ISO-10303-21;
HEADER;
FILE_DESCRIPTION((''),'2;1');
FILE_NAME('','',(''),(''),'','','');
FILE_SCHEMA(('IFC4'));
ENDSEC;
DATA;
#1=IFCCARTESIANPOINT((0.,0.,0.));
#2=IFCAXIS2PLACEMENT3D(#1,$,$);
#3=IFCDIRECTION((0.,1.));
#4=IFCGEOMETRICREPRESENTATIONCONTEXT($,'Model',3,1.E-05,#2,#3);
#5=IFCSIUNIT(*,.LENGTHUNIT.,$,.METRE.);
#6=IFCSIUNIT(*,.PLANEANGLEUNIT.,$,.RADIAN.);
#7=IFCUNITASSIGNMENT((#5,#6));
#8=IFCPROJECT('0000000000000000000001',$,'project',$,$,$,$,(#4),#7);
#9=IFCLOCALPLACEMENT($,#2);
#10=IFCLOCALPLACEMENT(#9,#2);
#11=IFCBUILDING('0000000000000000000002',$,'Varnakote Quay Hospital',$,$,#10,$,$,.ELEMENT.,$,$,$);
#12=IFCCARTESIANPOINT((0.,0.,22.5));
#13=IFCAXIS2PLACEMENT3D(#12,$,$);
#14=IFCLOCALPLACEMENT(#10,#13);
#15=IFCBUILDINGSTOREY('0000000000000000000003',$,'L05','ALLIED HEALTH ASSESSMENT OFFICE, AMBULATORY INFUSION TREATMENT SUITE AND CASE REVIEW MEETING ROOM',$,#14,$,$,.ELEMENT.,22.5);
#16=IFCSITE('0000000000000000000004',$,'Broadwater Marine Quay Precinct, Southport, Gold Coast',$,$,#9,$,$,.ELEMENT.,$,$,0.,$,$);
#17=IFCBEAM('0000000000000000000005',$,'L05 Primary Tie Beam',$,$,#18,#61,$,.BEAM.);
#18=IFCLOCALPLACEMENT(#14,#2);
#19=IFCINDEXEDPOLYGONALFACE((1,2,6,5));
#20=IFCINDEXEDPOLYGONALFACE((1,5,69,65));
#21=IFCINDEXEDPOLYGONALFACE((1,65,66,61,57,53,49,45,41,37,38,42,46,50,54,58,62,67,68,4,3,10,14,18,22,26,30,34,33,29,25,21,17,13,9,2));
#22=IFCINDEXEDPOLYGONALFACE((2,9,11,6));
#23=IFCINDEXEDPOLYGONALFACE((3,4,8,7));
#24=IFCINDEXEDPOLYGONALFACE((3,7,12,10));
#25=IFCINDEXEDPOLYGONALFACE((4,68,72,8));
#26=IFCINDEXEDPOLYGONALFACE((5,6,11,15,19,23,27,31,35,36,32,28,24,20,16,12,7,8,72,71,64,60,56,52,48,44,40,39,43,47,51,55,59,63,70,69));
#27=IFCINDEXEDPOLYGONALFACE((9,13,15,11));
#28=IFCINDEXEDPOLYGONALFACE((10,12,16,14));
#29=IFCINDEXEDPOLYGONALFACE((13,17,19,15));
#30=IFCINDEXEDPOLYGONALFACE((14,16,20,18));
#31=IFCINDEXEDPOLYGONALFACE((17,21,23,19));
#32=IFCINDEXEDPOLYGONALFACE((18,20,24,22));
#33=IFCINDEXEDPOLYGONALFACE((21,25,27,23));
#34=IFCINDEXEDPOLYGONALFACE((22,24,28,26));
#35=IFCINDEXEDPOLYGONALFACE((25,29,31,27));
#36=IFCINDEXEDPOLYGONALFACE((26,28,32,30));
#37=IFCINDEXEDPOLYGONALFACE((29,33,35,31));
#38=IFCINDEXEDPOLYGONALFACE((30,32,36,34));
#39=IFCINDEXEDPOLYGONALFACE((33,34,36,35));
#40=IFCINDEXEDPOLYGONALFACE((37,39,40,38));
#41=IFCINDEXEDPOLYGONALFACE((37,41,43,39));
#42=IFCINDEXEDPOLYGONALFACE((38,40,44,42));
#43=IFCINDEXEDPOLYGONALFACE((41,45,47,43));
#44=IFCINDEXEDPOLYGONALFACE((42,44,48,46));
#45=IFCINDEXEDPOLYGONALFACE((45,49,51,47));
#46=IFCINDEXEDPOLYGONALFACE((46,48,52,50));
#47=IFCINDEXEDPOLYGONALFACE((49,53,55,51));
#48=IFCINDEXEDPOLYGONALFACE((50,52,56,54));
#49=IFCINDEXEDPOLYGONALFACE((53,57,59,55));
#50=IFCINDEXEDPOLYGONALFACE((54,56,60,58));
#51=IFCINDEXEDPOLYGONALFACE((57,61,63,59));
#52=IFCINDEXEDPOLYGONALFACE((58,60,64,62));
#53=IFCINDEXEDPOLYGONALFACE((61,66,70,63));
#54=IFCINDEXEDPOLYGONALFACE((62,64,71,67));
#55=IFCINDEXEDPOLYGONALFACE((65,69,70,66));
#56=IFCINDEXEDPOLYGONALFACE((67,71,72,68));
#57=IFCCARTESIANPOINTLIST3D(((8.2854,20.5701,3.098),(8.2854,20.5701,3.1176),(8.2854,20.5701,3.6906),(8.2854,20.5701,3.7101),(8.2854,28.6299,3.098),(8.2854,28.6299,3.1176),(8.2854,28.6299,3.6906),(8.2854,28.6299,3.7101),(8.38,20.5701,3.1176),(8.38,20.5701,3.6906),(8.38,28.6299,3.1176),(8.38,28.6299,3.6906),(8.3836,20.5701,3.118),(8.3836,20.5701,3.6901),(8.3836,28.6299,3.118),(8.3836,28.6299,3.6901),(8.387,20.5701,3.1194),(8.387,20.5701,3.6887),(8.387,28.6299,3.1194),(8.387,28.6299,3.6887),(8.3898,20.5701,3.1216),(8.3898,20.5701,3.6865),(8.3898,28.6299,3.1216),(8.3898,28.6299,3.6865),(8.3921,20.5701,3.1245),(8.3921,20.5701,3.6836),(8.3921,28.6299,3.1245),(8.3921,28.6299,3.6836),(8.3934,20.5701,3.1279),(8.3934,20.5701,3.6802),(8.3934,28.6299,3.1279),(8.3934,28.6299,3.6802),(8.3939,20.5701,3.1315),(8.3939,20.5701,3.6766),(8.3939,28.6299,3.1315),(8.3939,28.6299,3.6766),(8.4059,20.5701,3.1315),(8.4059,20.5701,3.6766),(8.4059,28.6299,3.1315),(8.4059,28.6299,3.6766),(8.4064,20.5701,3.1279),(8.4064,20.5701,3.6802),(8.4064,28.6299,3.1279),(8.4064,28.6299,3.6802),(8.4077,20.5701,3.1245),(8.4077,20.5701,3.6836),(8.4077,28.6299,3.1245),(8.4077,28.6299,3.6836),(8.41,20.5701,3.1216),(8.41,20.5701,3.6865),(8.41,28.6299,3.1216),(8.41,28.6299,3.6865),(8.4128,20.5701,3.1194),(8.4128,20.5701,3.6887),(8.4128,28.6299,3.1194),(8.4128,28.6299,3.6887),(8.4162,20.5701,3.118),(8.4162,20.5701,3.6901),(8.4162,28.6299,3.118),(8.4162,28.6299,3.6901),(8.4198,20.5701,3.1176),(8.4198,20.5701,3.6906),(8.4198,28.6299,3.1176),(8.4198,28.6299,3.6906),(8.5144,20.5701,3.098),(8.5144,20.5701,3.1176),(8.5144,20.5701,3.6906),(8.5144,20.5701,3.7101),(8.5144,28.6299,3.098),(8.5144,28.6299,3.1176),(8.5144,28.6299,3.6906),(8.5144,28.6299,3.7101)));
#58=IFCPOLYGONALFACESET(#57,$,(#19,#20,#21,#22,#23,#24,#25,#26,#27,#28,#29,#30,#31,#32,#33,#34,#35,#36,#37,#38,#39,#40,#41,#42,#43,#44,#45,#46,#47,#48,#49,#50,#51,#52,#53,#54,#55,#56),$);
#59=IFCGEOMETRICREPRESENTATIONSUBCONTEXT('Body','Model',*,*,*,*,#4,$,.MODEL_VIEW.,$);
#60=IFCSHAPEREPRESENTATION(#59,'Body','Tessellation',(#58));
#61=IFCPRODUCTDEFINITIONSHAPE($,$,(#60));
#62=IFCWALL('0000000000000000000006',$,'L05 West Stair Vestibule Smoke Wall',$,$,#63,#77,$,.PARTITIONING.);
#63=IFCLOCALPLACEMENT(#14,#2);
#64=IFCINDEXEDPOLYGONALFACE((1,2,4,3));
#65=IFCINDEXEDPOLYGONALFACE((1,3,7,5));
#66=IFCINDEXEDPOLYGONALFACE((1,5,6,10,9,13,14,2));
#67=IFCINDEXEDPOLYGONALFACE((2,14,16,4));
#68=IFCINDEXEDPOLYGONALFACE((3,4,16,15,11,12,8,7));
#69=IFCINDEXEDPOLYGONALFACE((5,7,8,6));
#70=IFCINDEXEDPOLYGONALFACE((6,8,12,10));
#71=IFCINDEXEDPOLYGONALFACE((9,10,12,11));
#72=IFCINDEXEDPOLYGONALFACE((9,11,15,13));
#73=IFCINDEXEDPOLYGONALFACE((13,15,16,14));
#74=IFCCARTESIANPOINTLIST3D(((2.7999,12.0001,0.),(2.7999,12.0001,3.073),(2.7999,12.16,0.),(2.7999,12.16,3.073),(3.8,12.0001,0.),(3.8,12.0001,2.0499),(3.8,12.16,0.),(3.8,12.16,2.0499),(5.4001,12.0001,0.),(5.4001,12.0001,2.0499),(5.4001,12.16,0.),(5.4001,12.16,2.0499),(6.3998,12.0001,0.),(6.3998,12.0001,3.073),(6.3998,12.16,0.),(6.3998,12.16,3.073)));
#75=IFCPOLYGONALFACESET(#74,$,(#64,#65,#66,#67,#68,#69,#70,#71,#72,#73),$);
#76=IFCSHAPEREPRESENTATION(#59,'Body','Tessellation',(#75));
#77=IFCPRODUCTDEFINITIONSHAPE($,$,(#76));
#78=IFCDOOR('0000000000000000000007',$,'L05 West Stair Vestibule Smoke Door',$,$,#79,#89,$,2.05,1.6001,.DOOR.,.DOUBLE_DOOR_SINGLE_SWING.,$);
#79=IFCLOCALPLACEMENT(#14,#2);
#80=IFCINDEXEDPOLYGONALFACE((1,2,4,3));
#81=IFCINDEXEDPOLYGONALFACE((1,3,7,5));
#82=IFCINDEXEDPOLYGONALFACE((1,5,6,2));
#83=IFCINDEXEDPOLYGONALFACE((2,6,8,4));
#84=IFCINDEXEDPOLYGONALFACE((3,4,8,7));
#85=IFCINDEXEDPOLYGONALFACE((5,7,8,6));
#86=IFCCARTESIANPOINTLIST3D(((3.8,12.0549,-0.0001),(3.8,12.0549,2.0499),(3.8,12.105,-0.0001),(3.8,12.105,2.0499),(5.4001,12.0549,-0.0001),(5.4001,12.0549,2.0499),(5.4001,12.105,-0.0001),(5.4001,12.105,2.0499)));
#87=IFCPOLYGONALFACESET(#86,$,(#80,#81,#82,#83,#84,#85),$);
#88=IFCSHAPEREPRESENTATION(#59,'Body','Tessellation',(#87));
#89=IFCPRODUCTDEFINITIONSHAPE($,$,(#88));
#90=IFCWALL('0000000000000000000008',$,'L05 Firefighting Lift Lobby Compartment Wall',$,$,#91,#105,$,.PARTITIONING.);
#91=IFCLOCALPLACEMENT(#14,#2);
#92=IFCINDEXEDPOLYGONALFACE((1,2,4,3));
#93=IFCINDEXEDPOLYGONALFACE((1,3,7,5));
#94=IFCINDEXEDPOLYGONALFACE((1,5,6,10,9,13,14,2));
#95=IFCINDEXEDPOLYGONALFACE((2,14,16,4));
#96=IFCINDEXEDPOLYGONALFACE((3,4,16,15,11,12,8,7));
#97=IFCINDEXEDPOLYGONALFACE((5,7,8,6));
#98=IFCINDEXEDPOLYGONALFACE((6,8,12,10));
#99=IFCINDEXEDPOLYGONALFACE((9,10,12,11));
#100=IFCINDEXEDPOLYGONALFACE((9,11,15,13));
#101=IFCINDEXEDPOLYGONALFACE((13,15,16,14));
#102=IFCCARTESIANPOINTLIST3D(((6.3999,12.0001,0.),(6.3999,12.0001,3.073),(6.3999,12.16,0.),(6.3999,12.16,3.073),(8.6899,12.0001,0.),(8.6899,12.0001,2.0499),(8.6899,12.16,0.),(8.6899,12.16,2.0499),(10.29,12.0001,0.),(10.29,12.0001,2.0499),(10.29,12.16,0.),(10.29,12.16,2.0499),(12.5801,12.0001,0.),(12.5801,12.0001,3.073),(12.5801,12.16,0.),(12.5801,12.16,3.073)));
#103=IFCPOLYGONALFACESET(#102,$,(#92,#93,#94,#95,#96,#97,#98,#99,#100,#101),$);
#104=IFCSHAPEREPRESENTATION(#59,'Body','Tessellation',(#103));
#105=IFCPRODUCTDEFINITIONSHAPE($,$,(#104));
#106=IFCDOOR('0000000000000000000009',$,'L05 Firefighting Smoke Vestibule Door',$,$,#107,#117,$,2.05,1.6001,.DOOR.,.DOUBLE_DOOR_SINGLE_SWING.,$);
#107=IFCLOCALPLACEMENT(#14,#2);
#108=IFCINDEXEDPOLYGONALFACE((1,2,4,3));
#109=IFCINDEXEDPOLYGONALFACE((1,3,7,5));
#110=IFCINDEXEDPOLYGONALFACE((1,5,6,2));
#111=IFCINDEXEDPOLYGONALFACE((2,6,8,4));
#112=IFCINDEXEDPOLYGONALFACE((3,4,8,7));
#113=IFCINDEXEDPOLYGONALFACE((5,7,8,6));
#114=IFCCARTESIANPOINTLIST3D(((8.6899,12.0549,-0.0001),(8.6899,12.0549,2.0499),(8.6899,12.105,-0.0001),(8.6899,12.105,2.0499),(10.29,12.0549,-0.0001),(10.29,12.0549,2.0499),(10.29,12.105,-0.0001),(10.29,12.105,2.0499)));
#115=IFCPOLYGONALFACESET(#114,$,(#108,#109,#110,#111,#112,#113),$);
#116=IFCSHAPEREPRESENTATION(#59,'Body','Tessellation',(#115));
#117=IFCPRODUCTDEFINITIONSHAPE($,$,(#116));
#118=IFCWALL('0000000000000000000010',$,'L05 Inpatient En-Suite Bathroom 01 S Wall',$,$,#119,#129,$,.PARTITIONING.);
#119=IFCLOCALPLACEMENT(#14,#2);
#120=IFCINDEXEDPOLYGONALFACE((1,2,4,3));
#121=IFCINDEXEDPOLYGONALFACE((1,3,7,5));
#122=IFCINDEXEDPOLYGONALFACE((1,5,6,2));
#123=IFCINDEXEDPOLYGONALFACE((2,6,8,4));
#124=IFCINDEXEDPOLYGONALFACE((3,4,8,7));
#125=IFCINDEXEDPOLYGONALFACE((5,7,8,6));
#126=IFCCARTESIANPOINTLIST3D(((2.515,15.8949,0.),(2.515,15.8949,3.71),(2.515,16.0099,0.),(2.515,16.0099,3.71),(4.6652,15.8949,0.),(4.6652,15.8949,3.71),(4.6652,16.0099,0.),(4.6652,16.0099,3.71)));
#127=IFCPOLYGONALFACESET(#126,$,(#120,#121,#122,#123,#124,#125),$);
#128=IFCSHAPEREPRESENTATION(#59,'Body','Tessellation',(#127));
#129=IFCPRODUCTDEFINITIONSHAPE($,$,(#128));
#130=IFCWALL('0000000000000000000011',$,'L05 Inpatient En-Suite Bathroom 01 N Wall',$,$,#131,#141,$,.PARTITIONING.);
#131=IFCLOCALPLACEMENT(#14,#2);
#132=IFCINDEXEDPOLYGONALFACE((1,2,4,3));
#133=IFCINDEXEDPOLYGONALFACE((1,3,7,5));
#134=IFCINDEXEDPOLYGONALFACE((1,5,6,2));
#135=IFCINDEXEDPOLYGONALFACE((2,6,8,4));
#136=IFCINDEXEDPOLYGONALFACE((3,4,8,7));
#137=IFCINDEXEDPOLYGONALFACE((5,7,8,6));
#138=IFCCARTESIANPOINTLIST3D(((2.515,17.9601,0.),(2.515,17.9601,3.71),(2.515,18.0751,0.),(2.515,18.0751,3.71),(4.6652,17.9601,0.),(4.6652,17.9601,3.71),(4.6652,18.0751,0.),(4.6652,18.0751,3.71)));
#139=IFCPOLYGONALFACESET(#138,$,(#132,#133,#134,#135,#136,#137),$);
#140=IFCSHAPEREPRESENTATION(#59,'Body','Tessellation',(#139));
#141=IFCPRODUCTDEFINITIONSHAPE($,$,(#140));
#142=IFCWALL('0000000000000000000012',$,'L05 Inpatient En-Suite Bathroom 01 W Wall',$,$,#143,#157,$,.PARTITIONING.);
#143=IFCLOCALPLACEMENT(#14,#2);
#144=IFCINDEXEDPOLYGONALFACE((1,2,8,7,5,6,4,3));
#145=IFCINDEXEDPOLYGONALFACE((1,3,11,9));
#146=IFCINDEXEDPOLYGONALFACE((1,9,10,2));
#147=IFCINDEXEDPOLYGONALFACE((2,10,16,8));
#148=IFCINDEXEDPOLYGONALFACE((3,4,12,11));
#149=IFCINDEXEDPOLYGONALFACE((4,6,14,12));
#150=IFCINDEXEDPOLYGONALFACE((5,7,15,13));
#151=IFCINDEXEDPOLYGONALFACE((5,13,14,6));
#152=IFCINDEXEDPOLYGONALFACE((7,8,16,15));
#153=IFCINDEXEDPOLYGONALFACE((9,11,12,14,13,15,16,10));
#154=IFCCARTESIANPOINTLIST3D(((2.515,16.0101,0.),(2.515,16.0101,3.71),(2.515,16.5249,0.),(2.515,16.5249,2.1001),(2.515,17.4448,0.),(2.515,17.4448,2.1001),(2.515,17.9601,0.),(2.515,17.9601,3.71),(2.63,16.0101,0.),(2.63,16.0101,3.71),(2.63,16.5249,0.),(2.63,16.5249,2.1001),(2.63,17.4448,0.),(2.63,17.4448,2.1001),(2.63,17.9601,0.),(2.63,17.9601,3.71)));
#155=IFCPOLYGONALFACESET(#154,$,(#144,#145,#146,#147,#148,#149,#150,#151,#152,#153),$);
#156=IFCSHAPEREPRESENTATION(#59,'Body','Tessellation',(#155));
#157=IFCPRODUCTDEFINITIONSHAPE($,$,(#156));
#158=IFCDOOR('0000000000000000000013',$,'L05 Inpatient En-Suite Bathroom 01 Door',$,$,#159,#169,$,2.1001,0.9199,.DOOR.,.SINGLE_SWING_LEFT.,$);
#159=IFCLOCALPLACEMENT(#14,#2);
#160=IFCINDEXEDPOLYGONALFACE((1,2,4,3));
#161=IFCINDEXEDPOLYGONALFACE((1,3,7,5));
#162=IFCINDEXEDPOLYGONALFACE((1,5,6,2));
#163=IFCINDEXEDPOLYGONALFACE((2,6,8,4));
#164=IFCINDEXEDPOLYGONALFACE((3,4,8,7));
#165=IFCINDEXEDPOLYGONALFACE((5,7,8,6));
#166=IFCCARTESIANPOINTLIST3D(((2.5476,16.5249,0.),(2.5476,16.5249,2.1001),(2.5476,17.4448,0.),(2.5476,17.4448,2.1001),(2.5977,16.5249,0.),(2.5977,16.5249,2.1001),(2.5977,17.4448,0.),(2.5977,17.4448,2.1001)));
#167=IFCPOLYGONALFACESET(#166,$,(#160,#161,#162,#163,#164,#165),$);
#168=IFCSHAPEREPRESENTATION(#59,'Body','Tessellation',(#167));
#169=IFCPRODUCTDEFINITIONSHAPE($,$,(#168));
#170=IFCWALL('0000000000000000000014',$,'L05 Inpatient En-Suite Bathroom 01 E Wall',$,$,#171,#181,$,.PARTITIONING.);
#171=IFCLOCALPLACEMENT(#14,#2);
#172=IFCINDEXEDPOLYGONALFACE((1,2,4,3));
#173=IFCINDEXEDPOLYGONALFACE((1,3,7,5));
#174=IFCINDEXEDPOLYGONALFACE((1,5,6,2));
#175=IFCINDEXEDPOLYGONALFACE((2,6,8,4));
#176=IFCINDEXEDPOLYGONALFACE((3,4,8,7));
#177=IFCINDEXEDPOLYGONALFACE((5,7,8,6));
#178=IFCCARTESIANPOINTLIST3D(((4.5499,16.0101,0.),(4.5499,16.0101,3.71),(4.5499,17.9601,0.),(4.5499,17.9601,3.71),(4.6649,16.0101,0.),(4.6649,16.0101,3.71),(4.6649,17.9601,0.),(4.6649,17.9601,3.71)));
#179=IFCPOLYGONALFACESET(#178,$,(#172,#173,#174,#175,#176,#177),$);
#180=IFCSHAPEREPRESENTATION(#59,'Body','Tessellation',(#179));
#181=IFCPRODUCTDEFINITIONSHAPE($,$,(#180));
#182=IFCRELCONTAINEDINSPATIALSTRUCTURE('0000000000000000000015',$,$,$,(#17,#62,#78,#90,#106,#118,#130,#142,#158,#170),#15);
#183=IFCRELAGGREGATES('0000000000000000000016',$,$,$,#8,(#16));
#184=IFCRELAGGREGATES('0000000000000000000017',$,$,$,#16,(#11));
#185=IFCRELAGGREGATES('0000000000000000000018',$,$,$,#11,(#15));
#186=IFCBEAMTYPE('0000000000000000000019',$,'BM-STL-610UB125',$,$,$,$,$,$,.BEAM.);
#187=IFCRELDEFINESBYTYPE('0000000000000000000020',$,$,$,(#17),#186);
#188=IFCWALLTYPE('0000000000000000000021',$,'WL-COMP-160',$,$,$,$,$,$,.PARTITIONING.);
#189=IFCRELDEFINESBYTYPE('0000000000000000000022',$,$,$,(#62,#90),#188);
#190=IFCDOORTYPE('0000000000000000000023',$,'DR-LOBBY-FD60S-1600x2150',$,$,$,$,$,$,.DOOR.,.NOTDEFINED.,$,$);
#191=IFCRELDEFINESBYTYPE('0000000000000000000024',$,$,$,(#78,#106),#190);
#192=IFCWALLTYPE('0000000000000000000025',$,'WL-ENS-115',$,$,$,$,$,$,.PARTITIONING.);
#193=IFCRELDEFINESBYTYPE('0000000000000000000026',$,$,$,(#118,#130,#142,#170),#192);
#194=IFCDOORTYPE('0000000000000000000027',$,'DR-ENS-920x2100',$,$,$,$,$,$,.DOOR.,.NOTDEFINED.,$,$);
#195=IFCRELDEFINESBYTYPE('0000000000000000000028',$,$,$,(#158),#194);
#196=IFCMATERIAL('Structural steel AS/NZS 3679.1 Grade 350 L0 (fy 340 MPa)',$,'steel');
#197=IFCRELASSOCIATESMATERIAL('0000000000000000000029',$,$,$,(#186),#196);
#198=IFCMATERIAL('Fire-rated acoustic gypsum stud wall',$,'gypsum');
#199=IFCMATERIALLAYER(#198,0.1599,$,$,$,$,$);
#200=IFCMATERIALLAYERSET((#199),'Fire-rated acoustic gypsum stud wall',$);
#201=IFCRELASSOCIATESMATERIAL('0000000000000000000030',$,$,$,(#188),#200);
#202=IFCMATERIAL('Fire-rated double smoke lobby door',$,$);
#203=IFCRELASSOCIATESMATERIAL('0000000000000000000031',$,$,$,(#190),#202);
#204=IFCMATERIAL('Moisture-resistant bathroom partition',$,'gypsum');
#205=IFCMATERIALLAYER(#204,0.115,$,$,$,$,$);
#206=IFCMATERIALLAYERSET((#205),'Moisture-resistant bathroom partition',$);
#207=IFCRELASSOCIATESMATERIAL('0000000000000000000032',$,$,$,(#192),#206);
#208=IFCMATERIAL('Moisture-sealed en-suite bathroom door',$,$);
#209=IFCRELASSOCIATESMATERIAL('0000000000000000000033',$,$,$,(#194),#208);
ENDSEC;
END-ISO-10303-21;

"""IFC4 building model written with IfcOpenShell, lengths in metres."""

from ifc_helpers import new_model, si_unit, direction, frame, frame_2d, origin, origin_2d, place, context, subcontext, project, spatial, rectangle, i_section, extrude, material, layer, layer_set, material_profile, profile_set, type_object, element, fill, save


model = new_model("IFC4")

# Units and contexts
model_context = context("Model", 3, precision=1e-05, world=origin(), true_north=direction((0.0, 1.0)))
body_context = subcontext(model_context, "Body", "Model", "MODEL_VIEW")
ifc_project = project(units=[si_unit("LENGTHUNIT", "METRE"), si_unit("PLANEANGLEUNIT", "RADIAN")], contexts=[model_context])

# Site, building, storey
site_placement = place(None, origin())
site = spatial("IfcSite", under=ifc_project, at=site_placement, Name="Broadwater Marine Quay Precinct, Southport, Gold Coast", CompositionType="ELEMENT", RefElevation=0.0)
building_placement = place(site_placement, origin())
building = spatial("IfcBuilding", under=site, at=building_placement, Name="Varnakote Quay Hospital", CompositionType="ELEMENT")
storey_placement = place(building_placement, frame((0.0, 0.0, 22.5)))
storey = spatial("IfcBuildingStorey", under=building, at=storey_placement, Name="L05", Description="ALLIED HEALTH ASSESSMENT OFFICE, AMBULATORY INFUSION TREATMENT SUITE AND CASE REVIEW MEETING ROOM", CompositionType="ELEMENT", Elevation=22.5)

# Beam
ifc_material_1 = material(Name="Structural steel AS/NZS 3679.1 Grade 350 L0 (fy 340 MPa)", Category="steel")
ifc_material_profile_1 = material_profile(ifc_material_1, i_section(OverallWidth=0.229, OverallDepth=0.6121, WebThickness=0.012, FlangeThickness=0.0195, FilletRadius=0.0139, at=origin_2d()), Name="610UB125")
ifc_profile_set_1 = profile_set([ifc_material_profile_1], Name="Structural steel AS/NZS 3679.1 Grade 350 L0 (fy 340 MPa)")
beam_type = type_object("IfcBeamType", Name="BM-STL-610UB125", PredefinedType="BEAM", material=ifc_profile_set_1)
beam_1_placement = place(storey_placement, frame((8.3999, 20.5701, 3.4041), z_axis=(0.0, 1.0, 0.0), x_axis=(-1.0, 0.0, 0.0)))
element("IfcBeam", 1, at=beam_1_placement, inside=storey, type_object=beam_type, Name="L05 Primary Tie Beam", PredefinedType="BEAM", context=body_context, shape_type="SweptSolid", body=[
    extrude(i_section(OverallWidth=0.229, OverallDepth=0.6121, WebThickness=0.012, FlangeThickness=0.0195, FilletRadius=0.0139, at=origin_2d()), origin(), (0.0, 0.0, 1.0), 8.0598),
])

# Walls, openings, doors
ifc_material_2 = material(Name="Fire-rated acoustic gypsum stud wall", Category="gypsum")
ifc_layer_1 = layer(ifc_material_2, 0.1599)
ifc_layer_set_1 = layer_set([ifc_layer_1], Name="Fire-rated acoustic gypsum stud wall")
wall_type_1 = type_object("IfcWallType", Name="WL-COMP-160", PredefinedType="PARTITIONING", material=ifc_layer_set_1)
wall_1_placement = place(storey_placement, frame((2.8, 12.0801, 0.0), z_axis=(0.0, 0.0, 1.0), x_axis=(1.0, 0.0, 0.0)))
wall_1 = element("IfcWall", 2, at=wall_1_placement, inside=storey, type_object=wall_type_1, Name="L05 West Stair Vestibule Smoke Wall", PredefinedType="PARTITIONING", context=body_context, shape_type="SweptSolid", body=[
    extrude(rectangle(XDim=3.5999, YDim=0.1599, at=frame_2d((1.7998, 0.0))), origin(), (0.0, 0.0, 1.0), 3.073),
])
opening_1_placement = place(wall_1_placement, frame((1.0, 0.0, 0.0)))
opening_1 = element("IfcOpeningElement", 3, at=opening_1_placement, cuts=wall_1, PredefinedType="OPENING", context=body_context, shape_type="SweptSolid", body=[
    extrude(rectangle(XDim=1.6001, YDim=2.05, at=frame_2d((0.8, 1.0249))), frame((0.0, 0.0898, 0.0), z_axis=(0.0, -1.0, 0.0), x_axis=(1.0, 0.0, 0.0)), (0.0, 0.0, 1.0), 0.1799),
])
ifc_material_3 = material(Name="Fire-rated double smoke lobby door")
door_type_1 = type_object("IfcDoorType", Name="DR-LOBBY-FD60S-1600x2150", OperationType="NOTDEFINED", PredefinedType="DOOR", material=ifc_material_3)
door_1_placement = place(opening_1_placement, origin())
door_1 = element("IfcDoor", 4, at=door_1_placement, inside=storey, type_object=door_type_1, Name="L05 West Stair Vestibule Smoke Door", OperationType="DOUBLE_DOOR_SINGLE_SWING", OverallHeight=2.05, OverallWidth=1.6001, PredefinedType="DOOR", context=body_context, shape_type="SweptSolid", body=[
    extrude(rectangle(XDim=1.6001, YDim=2.05, at=frame_2d((0.8, 1.0249))), frame((0.0, 0.0249, 0.0), z_axis=(0.0, -1.0, 0.0), x_axis=(1.0, 0.0, 0.0)), (0.0, 0.0, 1.0), 0.05),
])
fill(opening_1, door_1)
wall_2_placement = place(storey_placement, frame((6.3999, 12.0801, 0.0), z_axis=(0.0, 0.0, 1.0), x_axis=(1.0, 0.0, 0.0)))
wall_2 = element("IfcWall", 5, at=wall_2_placement, inside=storey, type_object=wall_type_1, Name="L05 Firefighting Lift Lobby Compartment Wall", PredefinedType="PARTITIONING", context=body_context, shape_type="SweptSolid", body=[
    extrude(rectangle(XDim=6.1802, YDim=0.1599, at=frame_2d((3.0901, 0.0))), origin(), (0.0, 0.0, 1.0), 3.073),
])
opening_2_placement = place(wall_2_placement, frame((2.29, 0.0, 0.0)))
opening_2 = element("IfcOpeningElement", 6, at=opening_2_placement, cuts=wall_2, PredefinedType="OPENING", context=body_context, shape_type="SweptSolid", body=[
    extrude(rectangle(XDim=1.6001, YDim=2.05, at=frame_2d((0.8, 1.0249))), frame((0.0, 0.0898, 0.0), z_axis=(0.0, -1.0, 0.0), x_axis=(1.0, 0.0, 0.0)), (0.0, 0.0, 1.0), 0.1799),
])
door_2_placement = place(opening_2_placement, origin())
door_2 = element("IfcDoor", 7, at=door_2_placement, inside=storey, type_object=door_type_1, Name="L05 Firefighting Smoke Vestibule Door", OperationType="DOUBLE_DOOR_SINGLE_SWING", OverallHeight=2.05, OverallWidth=1.6001, PredefinedType="DOOR", context=body_context, shape_type="SweptSolid", body=[
    extrude(rectangle(XDim=1.6001, YDim=2.05, at=frame_2d((0.8, 1.0249))), frame((0.0, 0.0249, 0.0), z_axis=(0.0, -1.0, 0.0), x_axis=(1.0, 0.0, 0.0)), (0.0, 0.0, 1.0), 0.05),
])
fill(opening_2, door_2)

# Walls
ifc_material_4 = material(Name="Moisture-resistant bathroom partition", Category="gypsum")
ifc_layer_2 = layer(ifc_material_4, 0.115)
ifc_layer_set_2 = layer_set([ifc_layer_2], Name="Moisture-resistant bathroom partition")
wall_type_2 = type_object("IfcWallType", Name="WL-ENS-115", PredefinedType="PARTITIONING", material=ifc_layer_set_2)
for number, where, z_axis, x_axis, name in (
    (8, (2.5149, 15.9524, 0.0), (0.0, 0.0, 1.0), (1.0, 0.0, 0.0), "L05 Inpatient En-Suite Bathroom 01 S Wall"),
    (9, (2.5149, 18.0176, 0.0), (0.0, 0.0, 1.0), (1.0, 0.0, 0.0), "L05 Inpatient En-Suite Bathroom 01 N Wall"),
):
    element("IfcWall", number, at=place(storey_placement, frame(where, z_axis=z_axis, x_axis=x_axis)), inside=storey, type_object=wall_type_2, Name=name, PredefinedType="PARTITIONING", context=body_context, shape_type="SweptSolid", body=[
        extrude(rectangle(XDim=2.1501, YDim=0.115, at=frame_2d((1.0752, 0.0))), origin(), (0.0, 0.0, 1.0), 3.71),
    ])

# Wall, opening, door
wall_3_placement = place(storey_placement, frame((2.5725, 16.01, 0.0), z_axis=(0.0, 0.0, 1.0), x_axis=(0.0, 1.0, 0.0)))
wall_3 = element("IfcWall", 10, at=wall_3_placement, inside=storey, type_object=wall_type_2, Name="L05 Inpatient En-Suite Bathroom 01 W Wall", PredefinedType="PARTITIONING", context=body_context, shape_type="SweptSolid", body=[
    extrude(rectangle(XDim=1.95, YDim=0.115, at=frame_2d((0.9751, 0.0))), origin(), (0.0, 0.0, 1.0), 3.71),
])
opening_3_placement = place(wall_3_placement, frame((0.5149, 0.0, 0.0)))
opening_3 = element("IfcOpeningElement", 11, at=opening_3_placement, cuts=wall_3, PredefinedType="OPENING", context=body_context, shape_type="SweptSolid", body=[
    extrude(rectangle(XDim=0.9199, YDim=2.1001, at=frame_2d((0.46, 1.05))), frame((0.0, 0.0674, 0.0), z_axis=(0.0, -1.0, 0.0), x_axis=(1.0, 0.0, 0.0)), (0.0, 0.0, 1.0), 0.135),
])
ifc_material_5 = material(Name="Moisture-sealed en-suite bathroom door")
door_type_2 = type_object("IfcDoorType", Name="DR-ENS-920x2100", OperationType="NOTDEFINED", PredefinedType="DOOR", material=ifc_material_5)
door_3_placement = place(opening_3_placement, origin())
door_3 = element("IfcDoor", 12, at=door_3_placement, inside=storey, type_object=door_type_2, Name="L05 Inpatient En-Suite Bathroom 01 Door", OperationType="SINGLE_SWING_LEFT", OverallHeight=2.1001, OverallWidth=0.9199, PredefinedType="DOOR", context=body_context, shape_type="SweptSolid", body=[
    extrude(rectangle(XDim=0.9199, YDim=2.1001, at=frame_2d((0.46, 1.05))), frame((0.0, 0.0249, 0.0), z_axis=(0.0, -1.0, 0.0), x_axis=(1.0, 0.0, 0.0)), (0.0, 0.0, 1.0), 0.05),
])
fill(opening_3, door_3)

# Wall
wall_4_placement = place(storey_placement, frame((4.6074, 16.01, 0.0), z_axis=(0.0, 0.0, 1.0), x_axis=(0.0, 1.0, 0.0)))
element("IfcWall", 13, at=wall_4_placement, inside=storey, type_object=wall_type_2, Name="L05 Inpatient En-Suite Bathroom 01 E Wall", PredefinedType="PARTITIONING", context=body_context, shape_type="SweptSolid", body=[
    extrude(rectangle(XDim=1.95, YDim=0.115, at=frame_2d((0.9751, 0.0))), origin(), (0.0, 0.0, 1.0), 3.71),
])

save(model, "model.ifc")
